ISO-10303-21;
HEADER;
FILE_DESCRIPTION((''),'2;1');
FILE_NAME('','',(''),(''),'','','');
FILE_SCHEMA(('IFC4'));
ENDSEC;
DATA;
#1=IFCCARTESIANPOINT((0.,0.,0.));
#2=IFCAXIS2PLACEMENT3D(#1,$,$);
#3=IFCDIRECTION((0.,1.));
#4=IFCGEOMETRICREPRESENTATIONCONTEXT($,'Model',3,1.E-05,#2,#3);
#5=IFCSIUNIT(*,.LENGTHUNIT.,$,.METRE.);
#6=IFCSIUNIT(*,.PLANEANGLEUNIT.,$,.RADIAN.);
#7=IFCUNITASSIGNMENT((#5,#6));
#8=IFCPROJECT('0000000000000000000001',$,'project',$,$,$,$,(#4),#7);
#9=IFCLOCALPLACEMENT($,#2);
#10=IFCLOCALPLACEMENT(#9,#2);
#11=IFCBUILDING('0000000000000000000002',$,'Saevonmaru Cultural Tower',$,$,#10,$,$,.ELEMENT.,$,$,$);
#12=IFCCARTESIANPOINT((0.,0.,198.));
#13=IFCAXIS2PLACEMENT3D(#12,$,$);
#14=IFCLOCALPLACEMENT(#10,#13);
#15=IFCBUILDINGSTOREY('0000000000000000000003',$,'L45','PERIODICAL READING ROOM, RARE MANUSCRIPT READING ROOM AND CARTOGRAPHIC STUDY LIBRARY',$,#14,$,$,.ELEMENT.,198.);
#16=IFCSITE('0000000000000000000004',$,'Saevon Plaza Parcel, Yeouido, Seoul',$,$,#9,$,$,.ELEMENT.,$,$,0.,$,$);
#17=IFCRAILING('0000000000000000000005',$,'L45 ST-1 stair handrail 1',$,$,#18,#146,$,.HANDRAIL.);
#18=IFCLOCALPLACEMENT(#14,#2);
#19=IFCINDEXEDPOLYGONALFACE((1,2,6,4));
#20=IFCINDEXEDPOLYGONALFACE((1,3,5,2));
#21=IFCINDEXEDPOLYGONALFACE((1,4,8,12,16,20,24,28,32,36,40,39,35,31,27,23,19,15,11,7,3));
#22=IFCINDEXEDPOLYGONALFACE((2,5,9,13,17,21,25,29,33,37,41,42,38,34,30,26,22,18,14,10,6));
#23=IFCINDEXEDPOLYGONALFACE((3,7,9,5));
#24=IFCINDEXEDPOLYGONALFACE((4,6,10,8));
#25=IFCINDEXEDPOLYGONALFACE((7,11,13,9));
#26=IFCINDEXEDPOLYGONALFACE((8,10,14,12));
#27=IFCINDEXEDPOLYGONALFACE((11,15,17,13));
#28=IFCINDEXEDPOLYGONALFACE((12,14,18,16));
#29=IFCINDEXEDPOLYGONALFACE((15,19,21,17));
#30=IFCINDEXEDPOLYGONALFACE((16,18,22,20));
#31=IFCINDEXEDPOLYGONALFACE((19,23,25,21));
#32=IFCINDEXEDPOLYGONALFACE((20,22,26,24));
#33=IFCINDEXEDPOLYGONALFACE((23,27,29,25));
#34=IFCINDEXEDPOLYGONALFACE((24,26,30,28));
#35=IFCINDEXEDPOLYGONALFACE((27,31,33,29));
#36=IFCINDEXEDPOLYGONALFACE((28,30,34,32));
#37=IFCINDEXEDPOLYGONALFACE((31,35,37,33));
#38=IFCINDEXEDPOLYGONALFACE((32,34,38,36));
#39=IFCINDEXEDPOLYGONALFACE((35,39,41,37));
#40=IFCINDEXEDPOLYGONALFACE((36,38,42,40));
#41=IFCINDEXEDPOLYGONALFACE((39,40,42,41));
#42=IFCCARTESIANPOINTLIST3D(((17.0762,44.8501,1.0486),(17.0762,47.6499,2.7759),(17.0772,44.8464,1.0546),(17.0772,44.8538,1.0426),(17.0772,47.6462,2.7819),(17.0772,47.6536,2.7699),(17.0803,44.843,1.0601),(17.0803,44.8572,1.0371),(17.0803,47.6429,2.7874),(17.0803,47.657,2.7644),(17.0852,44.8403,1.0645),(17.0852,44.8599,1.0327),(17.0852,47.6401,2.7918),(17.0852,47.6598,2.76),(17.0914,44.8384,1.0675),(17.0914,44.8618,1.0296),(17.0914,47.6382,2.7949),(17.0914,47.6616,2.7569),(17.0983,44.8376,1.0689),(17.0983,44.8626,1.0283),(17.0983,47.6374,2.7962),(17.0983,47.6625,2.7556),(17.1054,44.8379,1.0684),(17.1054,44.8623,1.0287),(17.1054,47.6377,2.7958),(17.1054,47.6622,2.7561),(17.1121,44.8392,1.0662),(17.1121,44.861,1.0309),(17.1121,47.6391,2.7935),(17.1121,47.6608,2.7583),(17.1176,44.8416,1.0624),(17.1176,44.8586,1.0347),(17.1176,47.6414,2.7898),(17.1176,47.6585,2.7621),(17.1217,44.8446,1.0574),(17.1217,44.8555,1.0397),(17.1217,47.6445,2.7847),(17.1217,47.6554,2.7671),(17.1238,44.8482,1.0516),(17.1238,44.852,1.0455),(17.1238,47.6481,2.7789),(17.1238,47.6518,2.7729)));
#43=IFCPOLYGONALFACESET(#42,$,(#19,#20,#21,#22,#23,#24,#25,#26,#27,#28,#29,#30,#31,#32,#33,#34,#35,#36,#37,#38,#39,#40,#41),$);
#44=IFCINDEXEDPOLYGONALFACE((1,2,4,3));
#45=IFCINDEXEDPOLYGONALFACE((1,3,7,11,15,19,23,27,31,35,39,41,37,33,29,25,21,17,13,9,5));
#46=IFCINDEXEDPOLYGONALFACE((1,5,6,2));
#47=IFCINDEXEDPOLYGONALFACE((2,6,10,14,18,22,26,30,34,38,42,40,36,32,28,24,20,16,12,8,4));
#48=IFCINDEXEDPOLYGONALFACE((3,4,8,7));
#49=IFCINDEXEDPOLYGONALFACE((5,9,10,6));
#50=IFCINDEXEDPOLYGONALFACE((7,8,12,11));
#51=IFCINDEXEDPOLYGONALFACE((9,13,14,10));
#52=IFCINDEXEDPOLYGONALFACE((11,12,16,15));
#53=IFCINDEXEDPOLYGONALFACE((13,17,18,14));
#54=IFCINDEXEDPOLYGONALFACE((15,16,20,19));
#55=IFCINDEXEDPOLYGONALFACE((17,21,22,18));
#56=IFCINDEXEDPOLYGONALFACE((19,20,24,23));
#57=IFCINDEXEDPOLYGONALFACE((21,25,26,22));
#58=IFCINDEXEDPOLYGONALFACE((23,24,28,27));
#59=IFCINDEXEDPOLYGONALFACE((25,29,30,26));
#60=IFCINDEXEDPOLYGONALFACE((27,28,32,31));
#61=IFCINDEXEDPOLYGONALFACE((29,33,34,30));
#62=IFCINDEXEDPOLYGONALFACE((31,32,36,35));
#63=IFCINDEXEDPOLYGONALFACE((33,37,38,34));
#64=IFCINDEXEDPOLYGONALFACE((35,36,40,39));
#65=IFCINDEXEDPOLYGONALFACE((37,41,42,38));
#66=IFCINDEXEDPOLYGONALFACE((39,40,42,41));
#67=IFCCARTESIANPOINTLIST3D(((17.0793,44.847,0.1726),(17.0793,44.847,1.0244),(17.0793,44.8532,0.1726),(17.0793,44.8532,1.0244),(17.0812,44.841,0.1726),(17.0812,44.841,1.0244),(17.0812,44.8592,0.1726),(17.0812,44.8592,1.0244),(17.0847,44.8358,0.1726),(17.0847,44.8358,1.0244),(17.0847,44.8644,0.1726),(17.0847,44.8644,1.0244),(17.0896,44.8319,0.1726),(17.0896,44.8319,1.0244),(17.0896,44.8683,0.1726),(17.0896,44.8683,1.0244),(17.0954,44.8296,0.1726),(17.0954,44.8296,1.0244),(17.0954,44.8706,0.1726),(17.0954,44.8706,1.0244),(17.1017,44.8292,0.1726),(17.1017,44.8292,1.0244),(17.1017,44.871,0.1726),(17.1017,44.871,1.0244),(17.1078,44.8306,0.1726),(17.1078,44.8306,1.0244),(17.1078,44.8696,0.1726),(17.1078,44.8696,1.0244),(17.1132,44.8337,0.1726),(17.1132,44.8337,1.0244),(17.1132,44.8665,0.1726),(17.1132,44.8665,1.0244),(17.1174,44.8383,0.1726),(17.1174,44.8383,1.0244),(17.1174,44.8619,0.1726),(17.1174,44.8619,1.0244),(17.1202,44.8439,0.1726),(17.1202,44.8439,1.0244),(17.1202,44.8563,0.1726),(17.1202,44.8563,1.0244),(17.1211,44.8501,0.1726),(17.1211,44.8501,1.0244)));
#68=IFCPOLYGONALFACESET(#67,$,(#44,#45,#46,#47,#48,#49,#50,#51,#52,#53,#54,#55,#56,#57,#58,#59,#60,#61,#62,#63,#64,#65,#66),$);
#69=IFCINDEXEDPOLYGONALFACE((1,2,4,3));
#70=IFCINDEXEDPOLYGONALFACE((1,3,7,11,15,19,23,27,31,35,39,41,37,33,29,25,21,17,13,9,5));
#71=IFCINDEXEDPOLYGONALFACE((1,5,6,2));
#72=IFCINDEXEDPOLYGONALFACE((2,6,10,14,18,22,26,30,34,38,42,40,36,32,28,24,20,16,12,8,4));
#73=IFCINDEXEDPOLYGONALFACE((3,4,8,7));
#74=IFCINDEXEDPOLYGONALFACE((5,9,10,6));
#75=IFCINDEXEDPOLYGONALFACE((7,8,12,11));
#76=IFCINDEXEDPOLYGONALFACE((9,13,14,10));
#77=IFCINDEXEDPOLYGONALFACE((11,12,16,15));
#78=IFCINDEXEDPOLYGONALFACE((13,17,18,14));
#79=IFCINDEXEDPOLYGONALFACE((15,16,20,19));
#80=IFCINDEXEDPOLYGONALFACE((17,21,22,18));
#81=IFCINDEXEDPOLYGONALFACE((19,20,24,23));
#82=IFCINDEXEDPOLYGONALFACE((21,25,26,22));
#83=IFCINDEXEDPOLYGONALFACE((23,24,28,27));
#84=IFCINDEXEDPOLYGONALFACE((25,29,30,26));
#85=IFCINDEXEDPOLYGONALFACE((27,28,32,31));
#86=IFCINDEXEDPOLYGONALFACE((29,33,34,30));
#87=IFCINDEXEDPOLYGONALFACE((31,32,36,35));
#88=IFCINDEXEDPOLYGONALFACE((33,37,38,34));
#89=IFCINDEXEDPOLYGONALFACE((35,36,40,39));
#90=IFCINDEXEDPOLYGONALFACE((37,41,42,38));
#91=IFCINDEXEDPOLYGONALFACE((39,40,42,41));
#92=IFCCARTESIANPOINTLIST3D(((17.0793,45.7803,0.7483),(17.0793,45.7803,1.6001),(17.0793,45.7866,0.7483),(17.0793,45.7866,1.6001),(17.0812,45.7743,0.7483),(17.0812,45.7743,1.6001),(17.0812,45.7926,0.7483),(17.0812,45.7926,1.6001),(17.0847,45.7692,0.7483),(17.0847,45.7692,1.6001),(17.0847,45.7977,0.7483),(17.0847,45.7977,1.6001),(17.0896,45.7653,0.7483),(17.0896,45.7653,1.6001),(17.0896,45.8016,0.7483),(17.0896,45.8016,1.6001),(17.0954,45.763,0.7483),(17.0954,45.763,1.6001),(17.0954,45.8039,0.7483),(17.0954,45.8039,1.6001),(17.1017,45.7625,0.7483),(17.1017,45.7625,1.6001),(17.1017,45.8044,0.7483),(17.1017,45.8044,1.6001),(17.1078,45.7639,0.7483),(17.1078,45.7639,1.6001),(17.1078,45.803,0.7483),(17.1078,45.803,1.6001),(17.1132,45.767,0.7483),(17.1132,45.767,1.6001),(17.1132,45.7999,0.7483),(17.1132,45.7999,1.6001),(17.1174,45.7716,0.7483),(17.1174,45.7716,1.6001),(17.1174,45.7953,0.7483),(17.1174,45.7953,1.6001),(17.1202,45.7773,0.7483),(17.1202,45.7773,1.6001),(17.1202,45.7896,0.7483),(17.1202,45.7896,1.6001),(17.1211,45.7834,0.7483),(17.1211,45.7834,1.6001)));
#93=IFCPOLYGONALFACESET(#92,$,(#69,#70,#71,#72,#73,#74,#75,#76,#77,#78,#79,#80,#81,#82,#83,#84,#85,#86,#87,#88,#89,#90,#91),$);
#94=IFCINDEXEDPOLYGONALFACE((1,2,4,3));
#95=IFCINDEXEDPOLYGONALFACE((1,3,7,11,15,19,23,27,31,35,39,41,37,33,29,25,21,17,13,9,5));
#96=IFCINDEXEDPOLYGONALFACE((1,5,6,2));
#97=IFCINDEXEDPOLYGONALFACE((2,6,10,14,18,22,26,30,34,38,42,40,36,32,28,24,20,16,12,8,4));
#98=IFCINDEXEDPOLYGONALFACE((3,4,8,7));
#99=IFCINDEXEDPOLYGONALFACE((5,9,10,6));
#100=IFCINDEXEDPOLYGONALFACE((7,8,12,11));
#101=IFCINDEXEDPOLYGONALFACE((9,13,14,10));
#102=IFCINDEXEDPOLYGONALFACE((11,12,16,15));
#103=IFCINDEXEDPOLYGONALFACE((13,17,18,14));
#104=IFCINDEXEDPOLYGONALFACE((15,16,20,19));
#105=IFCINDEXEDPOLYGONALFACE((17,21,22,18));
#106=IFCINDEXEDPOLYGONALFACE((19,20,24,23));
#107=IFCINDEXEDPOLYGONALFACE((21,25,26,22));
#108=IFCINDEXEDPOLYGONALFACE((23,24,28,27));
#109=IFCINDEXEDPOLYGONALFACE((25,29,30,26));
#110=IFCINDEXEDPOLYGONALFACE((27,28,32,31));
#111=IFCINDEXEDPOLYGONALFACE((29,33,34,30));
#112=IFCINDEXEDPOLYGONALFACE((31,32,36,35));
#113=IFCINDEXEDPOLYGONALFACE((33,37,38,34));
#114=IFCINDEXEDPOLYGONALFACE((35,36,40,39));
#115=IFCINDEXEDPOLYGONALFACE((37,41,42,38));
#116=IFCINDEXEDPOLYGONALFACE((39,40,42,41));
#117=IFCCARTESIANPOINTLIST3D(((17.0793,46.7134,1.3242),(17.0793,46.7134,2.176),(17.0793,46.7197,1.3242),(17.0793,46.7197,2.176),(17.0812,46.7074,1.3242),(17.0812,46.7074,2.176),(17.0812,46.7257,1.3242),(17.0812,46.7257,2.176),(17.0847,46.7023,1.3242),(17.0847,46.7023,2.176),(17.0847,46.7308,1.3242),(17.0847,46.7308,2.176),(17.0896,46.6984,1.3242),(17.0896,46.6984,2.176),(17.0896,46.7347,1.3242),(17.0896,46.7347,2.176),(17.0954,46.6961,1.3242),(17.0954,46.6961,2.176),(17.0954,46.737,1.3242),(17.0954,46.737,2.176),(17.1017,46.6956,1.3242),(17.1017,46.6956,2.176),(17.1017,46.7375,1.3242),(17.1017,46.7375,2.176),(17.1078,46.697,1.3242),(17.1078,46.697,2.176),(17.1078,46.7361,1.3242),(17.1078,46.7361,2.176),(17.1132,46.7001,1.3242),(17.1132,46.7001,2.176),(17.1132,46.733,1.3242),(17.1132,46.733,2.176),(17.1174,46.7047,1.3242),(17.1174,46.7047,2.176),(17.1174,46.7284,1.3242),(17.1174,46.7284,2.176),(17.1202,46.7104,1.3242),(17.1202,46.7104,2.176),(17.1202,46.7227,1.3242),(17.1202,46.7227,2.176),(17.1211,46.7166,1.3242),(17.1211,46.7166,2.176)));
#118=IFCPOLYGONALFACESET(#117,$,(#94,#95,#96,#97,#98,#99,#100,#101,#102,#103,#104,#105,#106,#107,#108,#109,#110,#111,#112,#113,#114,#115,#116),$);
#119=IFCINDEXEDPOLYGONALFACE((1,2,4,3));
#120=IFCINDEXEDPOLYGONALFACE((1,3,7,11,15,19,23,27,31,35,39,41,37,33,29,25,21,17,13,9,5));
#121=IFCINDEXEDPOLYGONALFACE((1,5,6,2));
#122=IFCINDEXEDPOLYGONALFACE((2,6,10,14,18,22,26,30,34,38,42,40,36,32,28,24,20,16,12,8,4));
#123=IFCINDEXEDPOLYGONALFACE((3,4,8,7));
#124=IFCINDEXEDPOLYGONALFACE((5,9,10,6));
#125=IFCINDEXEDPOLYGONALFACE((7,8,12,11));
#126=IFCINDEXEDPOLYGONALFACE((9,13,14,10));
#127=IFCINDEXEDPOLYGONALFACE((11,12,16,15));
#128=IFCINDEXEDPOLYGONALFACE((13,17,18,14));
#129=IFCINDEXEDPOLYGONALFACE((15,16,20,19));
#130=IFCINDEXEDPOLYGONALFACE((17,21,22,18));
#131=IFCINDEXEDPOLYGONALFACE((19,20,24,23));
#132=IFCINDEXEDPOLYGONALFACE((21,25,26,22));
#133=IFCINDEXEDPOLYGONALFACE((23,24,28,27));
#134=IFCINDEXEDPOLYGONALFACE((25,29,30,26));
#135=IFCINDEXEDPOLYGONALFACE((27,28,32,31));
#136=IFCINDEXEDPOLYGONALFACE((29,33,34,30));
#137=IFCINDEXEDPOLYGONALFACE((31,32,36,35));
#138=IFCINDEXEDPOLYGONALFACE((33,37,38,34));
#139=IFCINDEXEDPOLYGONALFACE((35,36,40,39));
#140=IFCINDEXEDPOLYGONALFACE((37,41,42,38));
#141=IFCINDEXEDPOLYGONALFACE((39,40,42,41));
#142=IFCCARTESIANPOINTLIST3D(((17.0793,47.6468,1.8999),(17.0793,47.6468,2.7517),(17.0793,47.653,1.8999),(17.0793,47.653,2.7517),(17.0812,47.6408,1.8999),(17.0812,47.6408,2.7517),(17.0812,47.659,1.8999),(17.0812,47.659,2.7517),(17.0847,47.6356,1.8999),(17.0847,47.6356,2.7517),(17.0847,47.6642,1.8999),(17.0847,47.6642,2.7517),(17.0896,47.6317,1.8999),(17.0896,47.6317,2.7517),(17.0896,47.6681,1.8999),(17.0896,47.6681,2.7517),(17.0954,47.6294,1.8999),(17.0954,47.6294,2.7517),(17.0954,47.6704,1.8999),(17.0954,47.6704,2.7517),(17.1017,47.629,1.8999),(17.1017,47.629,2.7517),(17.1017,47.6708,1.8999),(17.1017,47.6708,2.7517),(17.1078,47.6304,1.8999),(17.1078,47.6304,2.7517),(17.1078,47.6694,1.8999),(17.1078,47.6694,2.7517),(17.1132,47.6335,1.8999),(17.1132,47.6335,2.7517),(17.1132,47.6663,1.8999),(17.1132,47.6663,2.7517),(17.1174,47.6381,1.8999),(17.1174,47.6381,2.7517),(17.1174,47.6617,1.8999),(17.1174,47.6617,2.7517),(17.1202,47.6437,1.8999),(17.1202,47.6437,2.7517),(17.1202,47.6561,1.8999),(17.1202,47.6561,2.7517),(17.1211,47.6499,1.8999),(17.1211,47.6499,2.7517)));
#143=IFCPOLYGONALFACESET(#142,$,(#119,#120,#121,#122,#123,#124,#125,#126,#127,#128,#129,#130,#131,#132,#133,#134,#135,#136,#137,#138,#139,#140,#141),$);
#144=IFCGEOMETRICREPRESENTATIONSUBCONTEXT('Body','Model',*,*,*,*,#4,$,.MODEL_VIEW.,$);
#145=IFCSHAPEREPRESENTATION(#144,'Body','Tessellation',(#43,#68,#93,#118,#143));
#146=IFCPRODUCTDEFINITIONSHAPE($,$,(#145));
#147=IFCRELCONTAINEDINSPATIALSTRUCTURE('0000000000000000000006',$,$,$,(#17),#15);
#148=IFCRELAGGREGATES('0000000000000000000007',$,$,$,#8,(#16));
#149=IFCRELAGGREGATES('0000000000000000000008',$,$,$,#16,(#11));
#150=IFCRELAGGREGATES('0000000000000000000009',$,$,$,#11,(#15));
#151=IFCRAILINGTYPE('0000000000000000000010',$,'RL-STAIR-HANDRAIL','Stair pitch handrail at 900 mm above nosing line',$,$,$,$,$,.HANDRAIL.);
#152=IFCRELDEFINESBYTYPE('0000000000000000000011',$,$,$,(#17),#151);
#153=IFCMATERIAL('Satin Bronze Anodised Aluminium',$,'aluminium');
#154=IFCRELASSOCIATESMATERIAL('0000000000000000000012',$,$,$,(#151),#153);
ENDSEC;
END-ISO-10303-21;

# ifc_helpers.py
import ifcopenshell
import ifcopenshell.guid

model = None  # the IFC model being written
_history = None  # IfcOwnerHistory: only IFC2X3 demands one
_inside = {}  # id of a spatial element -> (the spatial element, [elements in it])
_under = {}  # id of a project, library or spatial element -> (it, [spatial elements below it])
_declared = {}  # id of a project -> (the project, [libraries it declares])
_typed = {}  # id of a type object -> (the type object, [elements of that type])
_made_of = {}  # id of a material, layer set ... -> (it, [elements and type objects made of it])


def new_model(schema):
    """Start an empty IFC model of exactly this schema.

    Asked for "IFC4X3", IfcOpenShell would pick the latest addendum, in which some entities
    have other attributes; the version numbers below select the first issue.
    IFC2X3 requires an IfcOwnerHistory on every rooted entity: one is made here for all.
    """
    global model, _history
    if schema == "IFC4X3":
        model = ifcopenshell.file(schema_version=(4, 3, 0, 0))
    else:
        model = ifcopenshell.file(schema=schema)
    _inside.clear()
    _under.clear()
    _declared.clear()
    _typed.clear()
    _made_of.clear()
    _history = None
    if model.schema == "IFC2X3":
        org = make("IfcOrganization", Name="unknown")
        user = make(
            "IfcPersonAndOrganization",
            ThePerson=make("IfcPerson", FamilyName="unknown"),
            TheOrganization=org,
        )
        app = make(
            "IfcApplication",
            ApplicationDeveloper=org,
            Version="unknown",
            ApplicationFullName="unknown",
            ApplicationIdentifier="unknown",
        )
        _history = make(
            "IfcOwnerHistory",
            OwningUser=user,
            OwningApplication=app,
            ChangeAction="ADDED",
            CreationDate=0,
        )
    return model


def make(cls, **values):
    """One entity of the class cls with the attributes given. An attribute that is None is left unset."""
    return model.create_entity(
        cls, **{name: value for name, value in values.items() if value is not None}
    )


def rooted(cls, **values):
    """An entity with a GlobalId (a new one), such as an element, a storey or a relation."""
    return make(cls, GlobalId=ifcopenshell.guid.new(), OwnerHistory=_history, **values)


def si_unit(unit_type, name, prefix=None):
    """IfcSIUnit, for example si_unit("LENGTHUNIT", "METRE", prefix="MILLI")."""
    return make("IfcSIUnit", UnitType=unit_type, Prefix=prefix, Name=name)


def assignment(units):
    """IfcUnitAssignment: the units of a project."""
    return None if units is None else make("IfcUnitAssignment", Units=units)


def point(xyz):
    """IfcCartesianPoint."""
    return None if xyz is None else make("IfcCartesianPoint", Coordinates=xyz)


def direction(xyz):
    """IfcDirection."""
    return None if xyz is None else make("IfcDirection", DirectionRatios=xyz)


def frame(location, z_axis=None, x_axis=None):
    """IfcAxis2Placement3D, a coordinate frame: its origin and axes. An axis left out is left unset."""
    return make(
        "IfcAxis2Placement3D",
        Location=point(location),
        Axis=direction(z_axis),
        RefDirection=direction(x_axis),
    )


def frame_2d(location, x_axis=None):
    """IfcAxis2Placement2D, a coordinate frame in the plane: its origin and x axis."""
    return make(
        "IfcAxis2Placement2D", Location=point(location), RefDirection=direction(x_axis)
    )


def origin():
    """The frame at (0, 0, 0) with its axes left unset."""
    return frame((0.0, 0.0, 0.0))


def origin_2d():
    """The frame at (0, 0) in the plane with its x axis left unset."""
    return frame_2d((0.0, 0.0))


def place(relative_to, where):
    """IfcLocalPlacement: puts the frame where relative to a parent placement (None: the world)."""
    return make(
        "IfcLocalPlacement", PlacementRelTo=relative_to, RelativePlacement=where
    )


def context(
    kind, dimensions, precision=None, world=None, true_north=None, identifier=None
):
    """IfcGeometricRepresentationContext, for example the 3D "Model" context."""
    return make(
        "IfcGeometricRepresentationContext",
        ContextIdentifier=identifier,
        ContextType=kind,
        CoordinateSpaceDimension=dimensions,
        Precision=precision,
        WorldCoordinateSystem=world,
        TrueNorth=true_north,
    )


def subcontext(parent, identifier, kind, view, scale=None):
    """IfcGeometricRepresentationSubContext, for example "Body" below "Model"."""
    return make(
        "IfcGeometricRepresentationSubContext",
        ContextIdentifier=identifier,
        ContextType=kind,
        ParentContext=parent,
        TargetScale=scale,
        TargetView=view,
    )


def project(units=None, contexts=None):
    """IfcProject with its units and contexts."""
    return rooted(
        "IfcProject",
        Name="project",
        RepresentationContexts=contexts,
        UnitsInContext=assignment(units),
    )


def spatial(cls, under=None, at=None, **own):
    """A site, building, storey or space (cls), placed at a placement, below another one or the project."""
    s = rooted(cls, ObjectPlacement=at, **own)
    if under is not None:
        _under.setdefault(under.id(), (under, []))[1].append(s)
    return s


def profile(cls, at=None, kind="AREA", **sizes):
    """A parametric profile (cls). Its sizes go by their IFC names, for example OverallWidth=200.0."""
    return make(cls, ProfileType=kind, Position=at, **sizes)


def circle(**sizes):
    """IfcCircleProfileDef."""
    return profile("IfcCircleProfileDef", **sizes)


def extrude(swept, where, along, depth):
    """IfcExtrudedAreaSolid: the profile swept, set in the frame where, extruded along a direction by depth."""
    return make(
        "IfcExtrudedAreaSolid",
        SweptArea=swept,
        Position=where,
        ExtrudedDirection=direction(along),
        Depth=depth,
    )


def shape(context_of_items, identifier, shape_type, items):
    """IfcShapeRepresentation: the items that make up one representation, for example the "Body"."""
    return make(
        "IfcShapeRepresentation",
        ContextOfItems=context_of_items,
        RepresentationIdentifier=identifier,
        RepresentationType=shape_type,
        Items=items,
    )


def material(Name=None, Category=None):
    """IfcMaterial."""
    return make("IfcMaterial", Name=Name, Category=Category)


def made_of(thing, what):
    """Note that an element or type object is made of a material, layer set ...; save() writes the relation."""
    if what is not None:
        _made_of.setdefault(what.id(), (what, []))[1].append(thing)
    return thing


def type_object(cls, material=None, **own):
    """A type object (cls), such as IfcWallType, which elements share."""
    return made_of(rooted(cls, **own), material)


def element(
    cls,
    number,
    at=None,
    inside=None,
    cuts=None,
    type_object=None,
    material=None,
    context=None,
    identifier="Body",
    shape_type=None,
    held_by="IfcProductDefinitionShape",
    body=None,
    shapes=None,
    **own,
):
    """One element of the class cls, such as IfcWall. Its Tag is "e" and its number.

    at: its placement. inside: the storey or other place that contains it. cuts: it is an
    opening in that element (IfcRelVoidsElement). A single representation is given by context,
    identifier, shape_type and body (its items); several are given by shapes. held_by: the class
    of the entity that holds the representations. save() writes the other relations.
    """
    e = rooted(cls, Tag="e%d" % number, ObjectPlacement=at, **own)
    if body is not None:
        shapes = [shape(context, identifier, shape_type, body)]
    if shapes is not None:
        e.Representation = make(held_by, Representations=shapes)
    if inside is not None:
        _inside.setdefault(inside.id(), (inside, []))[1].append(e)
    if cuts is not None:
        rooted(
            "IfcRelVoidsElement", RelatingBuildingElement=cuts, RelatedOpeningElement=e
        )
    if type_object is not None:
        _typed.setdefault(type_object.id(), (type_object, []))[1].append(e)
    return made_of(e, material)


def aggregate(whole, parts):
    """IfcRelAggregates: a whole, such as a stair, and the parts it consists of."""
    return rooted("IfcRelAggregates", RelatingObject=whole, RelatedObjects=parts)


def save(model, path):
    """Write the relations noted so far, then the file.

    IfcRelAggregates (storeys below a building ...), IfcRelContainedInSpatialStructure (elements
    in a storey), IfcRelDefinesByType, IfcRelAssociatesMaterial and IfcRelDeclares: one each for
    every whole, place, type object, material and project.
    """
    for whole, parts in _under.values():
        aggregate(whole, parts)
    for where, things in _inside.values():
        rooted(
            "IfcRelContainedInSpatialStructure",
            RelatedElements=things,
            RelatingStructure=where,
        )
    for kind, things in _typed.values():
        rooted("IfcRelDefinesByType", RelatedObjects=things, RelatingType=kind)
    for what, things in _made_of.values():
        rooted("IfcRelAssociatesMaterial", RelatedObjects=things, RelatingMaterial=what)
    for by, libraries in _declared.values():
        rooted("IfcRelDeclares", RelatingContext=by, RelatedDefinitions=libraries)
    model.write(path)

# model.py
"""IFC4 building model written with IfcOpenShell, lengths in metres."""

from ifc_helpers import new_model, si_unit, direction, frame, origin, origin_2d, place, context, subcontext, project, spatial, circle, extrude, material, type_object, element, save


model = new_model("IFC4")

# Units and contexts
model_context = context("Model", 3, precision=1e-05, world=origin(), true_north=direction((0.0, 1.0)))
body_context = subcontext(model_context, "Body", "Model", "MODEL_VIEW")
ifc_project = project(units=[si_unit("LENGTHUNIT", "METRE"), si_unit("PLANEANGLEUNIT", "RADIAN")], contexts=[model_context])

# Site, building, storey
site_placement = place(None, origin())
site = spatial("IfcSite", under=ifc_project, at=site_placement, Name="Saevon Plaza Parcel, Yeouido, Seoul", CompositionType="ELEMENT", RefElevation=0.0)
building_placement = place(site_placement, origin())
building = spatial("IfcBuilding", under=site, at=building_placement, Name="Saevonmaru Cultural Tower", CompositionType="ELEMENT")
storey_placement = place(building_placement, frame((0.0, 0.0, 198.0)))
storey = spatial("IfcBuildingStorey", under=building, at=storey_placement, Name="L45", Description="PERIODICAL READING ROOM, RARE MANUSCRIPT READING ROOM AND CARTOGRAPHIC STUDY LIBRARY", CompositionType="ELEMENT", Elevation=198.0)

# Shared definitions
ifc_material_1 = material(Name="Satin Bronze Anodised Aluminium", Category="aluminium")

# Railing
railing_type_1 = type_object("IfcRailingType", Name="RL-STAIR-HANDRAIL", Description="Stair pitch handrail at 900 mm above nosing line", PredefinedType="HANDRAIL", material=ifc_material_1)
railing_1_placement = place(storey_placement, frame((17.1001, 44.8501, 0.1726)))
element("IfcRailing", 1, at=railing_1_placement, inside=storey, type_object=railing_type_1, Name="L45 ST-1 stair handrail 1", PredefinedType="HANDRAIL", context=body_context, shape_type="SweptSolid", body=[
    extrude(circle(Radius=0.0239, at=origin_2d()), frame((0.0, 0.0, 0.876), z_axis=(0.0, 0.851069, 0.525054), x_axis=(-1.0, 0.0, 0.0)), (0.0, 0.0, 1.0), 3.2898),
    extrude(circle(Radius=0.021, at=origin_2d()), origin(), (0.0, 0.0, 1.0), 0.8518),
    extrude(circle(Radius=0.021, at=origin_2d()), frame((0.0, 0.9333, 0.5757)), (0.0, 0.0, 1.0), 0.8518),
    extrude(circle(Radius=0.021, at=origin_2d()), frame((0.0, 1.8665, 1.1516)), (0.0, 0.0, 1.0), 0.8518),
    extrude(circle(Radius=0.021, at=origin_2d()), frame((0.0, 2.7998, 1.7273)), (0.0, 0.0, 1.0), 0.8518),
])

save(model, "model.ifc")
